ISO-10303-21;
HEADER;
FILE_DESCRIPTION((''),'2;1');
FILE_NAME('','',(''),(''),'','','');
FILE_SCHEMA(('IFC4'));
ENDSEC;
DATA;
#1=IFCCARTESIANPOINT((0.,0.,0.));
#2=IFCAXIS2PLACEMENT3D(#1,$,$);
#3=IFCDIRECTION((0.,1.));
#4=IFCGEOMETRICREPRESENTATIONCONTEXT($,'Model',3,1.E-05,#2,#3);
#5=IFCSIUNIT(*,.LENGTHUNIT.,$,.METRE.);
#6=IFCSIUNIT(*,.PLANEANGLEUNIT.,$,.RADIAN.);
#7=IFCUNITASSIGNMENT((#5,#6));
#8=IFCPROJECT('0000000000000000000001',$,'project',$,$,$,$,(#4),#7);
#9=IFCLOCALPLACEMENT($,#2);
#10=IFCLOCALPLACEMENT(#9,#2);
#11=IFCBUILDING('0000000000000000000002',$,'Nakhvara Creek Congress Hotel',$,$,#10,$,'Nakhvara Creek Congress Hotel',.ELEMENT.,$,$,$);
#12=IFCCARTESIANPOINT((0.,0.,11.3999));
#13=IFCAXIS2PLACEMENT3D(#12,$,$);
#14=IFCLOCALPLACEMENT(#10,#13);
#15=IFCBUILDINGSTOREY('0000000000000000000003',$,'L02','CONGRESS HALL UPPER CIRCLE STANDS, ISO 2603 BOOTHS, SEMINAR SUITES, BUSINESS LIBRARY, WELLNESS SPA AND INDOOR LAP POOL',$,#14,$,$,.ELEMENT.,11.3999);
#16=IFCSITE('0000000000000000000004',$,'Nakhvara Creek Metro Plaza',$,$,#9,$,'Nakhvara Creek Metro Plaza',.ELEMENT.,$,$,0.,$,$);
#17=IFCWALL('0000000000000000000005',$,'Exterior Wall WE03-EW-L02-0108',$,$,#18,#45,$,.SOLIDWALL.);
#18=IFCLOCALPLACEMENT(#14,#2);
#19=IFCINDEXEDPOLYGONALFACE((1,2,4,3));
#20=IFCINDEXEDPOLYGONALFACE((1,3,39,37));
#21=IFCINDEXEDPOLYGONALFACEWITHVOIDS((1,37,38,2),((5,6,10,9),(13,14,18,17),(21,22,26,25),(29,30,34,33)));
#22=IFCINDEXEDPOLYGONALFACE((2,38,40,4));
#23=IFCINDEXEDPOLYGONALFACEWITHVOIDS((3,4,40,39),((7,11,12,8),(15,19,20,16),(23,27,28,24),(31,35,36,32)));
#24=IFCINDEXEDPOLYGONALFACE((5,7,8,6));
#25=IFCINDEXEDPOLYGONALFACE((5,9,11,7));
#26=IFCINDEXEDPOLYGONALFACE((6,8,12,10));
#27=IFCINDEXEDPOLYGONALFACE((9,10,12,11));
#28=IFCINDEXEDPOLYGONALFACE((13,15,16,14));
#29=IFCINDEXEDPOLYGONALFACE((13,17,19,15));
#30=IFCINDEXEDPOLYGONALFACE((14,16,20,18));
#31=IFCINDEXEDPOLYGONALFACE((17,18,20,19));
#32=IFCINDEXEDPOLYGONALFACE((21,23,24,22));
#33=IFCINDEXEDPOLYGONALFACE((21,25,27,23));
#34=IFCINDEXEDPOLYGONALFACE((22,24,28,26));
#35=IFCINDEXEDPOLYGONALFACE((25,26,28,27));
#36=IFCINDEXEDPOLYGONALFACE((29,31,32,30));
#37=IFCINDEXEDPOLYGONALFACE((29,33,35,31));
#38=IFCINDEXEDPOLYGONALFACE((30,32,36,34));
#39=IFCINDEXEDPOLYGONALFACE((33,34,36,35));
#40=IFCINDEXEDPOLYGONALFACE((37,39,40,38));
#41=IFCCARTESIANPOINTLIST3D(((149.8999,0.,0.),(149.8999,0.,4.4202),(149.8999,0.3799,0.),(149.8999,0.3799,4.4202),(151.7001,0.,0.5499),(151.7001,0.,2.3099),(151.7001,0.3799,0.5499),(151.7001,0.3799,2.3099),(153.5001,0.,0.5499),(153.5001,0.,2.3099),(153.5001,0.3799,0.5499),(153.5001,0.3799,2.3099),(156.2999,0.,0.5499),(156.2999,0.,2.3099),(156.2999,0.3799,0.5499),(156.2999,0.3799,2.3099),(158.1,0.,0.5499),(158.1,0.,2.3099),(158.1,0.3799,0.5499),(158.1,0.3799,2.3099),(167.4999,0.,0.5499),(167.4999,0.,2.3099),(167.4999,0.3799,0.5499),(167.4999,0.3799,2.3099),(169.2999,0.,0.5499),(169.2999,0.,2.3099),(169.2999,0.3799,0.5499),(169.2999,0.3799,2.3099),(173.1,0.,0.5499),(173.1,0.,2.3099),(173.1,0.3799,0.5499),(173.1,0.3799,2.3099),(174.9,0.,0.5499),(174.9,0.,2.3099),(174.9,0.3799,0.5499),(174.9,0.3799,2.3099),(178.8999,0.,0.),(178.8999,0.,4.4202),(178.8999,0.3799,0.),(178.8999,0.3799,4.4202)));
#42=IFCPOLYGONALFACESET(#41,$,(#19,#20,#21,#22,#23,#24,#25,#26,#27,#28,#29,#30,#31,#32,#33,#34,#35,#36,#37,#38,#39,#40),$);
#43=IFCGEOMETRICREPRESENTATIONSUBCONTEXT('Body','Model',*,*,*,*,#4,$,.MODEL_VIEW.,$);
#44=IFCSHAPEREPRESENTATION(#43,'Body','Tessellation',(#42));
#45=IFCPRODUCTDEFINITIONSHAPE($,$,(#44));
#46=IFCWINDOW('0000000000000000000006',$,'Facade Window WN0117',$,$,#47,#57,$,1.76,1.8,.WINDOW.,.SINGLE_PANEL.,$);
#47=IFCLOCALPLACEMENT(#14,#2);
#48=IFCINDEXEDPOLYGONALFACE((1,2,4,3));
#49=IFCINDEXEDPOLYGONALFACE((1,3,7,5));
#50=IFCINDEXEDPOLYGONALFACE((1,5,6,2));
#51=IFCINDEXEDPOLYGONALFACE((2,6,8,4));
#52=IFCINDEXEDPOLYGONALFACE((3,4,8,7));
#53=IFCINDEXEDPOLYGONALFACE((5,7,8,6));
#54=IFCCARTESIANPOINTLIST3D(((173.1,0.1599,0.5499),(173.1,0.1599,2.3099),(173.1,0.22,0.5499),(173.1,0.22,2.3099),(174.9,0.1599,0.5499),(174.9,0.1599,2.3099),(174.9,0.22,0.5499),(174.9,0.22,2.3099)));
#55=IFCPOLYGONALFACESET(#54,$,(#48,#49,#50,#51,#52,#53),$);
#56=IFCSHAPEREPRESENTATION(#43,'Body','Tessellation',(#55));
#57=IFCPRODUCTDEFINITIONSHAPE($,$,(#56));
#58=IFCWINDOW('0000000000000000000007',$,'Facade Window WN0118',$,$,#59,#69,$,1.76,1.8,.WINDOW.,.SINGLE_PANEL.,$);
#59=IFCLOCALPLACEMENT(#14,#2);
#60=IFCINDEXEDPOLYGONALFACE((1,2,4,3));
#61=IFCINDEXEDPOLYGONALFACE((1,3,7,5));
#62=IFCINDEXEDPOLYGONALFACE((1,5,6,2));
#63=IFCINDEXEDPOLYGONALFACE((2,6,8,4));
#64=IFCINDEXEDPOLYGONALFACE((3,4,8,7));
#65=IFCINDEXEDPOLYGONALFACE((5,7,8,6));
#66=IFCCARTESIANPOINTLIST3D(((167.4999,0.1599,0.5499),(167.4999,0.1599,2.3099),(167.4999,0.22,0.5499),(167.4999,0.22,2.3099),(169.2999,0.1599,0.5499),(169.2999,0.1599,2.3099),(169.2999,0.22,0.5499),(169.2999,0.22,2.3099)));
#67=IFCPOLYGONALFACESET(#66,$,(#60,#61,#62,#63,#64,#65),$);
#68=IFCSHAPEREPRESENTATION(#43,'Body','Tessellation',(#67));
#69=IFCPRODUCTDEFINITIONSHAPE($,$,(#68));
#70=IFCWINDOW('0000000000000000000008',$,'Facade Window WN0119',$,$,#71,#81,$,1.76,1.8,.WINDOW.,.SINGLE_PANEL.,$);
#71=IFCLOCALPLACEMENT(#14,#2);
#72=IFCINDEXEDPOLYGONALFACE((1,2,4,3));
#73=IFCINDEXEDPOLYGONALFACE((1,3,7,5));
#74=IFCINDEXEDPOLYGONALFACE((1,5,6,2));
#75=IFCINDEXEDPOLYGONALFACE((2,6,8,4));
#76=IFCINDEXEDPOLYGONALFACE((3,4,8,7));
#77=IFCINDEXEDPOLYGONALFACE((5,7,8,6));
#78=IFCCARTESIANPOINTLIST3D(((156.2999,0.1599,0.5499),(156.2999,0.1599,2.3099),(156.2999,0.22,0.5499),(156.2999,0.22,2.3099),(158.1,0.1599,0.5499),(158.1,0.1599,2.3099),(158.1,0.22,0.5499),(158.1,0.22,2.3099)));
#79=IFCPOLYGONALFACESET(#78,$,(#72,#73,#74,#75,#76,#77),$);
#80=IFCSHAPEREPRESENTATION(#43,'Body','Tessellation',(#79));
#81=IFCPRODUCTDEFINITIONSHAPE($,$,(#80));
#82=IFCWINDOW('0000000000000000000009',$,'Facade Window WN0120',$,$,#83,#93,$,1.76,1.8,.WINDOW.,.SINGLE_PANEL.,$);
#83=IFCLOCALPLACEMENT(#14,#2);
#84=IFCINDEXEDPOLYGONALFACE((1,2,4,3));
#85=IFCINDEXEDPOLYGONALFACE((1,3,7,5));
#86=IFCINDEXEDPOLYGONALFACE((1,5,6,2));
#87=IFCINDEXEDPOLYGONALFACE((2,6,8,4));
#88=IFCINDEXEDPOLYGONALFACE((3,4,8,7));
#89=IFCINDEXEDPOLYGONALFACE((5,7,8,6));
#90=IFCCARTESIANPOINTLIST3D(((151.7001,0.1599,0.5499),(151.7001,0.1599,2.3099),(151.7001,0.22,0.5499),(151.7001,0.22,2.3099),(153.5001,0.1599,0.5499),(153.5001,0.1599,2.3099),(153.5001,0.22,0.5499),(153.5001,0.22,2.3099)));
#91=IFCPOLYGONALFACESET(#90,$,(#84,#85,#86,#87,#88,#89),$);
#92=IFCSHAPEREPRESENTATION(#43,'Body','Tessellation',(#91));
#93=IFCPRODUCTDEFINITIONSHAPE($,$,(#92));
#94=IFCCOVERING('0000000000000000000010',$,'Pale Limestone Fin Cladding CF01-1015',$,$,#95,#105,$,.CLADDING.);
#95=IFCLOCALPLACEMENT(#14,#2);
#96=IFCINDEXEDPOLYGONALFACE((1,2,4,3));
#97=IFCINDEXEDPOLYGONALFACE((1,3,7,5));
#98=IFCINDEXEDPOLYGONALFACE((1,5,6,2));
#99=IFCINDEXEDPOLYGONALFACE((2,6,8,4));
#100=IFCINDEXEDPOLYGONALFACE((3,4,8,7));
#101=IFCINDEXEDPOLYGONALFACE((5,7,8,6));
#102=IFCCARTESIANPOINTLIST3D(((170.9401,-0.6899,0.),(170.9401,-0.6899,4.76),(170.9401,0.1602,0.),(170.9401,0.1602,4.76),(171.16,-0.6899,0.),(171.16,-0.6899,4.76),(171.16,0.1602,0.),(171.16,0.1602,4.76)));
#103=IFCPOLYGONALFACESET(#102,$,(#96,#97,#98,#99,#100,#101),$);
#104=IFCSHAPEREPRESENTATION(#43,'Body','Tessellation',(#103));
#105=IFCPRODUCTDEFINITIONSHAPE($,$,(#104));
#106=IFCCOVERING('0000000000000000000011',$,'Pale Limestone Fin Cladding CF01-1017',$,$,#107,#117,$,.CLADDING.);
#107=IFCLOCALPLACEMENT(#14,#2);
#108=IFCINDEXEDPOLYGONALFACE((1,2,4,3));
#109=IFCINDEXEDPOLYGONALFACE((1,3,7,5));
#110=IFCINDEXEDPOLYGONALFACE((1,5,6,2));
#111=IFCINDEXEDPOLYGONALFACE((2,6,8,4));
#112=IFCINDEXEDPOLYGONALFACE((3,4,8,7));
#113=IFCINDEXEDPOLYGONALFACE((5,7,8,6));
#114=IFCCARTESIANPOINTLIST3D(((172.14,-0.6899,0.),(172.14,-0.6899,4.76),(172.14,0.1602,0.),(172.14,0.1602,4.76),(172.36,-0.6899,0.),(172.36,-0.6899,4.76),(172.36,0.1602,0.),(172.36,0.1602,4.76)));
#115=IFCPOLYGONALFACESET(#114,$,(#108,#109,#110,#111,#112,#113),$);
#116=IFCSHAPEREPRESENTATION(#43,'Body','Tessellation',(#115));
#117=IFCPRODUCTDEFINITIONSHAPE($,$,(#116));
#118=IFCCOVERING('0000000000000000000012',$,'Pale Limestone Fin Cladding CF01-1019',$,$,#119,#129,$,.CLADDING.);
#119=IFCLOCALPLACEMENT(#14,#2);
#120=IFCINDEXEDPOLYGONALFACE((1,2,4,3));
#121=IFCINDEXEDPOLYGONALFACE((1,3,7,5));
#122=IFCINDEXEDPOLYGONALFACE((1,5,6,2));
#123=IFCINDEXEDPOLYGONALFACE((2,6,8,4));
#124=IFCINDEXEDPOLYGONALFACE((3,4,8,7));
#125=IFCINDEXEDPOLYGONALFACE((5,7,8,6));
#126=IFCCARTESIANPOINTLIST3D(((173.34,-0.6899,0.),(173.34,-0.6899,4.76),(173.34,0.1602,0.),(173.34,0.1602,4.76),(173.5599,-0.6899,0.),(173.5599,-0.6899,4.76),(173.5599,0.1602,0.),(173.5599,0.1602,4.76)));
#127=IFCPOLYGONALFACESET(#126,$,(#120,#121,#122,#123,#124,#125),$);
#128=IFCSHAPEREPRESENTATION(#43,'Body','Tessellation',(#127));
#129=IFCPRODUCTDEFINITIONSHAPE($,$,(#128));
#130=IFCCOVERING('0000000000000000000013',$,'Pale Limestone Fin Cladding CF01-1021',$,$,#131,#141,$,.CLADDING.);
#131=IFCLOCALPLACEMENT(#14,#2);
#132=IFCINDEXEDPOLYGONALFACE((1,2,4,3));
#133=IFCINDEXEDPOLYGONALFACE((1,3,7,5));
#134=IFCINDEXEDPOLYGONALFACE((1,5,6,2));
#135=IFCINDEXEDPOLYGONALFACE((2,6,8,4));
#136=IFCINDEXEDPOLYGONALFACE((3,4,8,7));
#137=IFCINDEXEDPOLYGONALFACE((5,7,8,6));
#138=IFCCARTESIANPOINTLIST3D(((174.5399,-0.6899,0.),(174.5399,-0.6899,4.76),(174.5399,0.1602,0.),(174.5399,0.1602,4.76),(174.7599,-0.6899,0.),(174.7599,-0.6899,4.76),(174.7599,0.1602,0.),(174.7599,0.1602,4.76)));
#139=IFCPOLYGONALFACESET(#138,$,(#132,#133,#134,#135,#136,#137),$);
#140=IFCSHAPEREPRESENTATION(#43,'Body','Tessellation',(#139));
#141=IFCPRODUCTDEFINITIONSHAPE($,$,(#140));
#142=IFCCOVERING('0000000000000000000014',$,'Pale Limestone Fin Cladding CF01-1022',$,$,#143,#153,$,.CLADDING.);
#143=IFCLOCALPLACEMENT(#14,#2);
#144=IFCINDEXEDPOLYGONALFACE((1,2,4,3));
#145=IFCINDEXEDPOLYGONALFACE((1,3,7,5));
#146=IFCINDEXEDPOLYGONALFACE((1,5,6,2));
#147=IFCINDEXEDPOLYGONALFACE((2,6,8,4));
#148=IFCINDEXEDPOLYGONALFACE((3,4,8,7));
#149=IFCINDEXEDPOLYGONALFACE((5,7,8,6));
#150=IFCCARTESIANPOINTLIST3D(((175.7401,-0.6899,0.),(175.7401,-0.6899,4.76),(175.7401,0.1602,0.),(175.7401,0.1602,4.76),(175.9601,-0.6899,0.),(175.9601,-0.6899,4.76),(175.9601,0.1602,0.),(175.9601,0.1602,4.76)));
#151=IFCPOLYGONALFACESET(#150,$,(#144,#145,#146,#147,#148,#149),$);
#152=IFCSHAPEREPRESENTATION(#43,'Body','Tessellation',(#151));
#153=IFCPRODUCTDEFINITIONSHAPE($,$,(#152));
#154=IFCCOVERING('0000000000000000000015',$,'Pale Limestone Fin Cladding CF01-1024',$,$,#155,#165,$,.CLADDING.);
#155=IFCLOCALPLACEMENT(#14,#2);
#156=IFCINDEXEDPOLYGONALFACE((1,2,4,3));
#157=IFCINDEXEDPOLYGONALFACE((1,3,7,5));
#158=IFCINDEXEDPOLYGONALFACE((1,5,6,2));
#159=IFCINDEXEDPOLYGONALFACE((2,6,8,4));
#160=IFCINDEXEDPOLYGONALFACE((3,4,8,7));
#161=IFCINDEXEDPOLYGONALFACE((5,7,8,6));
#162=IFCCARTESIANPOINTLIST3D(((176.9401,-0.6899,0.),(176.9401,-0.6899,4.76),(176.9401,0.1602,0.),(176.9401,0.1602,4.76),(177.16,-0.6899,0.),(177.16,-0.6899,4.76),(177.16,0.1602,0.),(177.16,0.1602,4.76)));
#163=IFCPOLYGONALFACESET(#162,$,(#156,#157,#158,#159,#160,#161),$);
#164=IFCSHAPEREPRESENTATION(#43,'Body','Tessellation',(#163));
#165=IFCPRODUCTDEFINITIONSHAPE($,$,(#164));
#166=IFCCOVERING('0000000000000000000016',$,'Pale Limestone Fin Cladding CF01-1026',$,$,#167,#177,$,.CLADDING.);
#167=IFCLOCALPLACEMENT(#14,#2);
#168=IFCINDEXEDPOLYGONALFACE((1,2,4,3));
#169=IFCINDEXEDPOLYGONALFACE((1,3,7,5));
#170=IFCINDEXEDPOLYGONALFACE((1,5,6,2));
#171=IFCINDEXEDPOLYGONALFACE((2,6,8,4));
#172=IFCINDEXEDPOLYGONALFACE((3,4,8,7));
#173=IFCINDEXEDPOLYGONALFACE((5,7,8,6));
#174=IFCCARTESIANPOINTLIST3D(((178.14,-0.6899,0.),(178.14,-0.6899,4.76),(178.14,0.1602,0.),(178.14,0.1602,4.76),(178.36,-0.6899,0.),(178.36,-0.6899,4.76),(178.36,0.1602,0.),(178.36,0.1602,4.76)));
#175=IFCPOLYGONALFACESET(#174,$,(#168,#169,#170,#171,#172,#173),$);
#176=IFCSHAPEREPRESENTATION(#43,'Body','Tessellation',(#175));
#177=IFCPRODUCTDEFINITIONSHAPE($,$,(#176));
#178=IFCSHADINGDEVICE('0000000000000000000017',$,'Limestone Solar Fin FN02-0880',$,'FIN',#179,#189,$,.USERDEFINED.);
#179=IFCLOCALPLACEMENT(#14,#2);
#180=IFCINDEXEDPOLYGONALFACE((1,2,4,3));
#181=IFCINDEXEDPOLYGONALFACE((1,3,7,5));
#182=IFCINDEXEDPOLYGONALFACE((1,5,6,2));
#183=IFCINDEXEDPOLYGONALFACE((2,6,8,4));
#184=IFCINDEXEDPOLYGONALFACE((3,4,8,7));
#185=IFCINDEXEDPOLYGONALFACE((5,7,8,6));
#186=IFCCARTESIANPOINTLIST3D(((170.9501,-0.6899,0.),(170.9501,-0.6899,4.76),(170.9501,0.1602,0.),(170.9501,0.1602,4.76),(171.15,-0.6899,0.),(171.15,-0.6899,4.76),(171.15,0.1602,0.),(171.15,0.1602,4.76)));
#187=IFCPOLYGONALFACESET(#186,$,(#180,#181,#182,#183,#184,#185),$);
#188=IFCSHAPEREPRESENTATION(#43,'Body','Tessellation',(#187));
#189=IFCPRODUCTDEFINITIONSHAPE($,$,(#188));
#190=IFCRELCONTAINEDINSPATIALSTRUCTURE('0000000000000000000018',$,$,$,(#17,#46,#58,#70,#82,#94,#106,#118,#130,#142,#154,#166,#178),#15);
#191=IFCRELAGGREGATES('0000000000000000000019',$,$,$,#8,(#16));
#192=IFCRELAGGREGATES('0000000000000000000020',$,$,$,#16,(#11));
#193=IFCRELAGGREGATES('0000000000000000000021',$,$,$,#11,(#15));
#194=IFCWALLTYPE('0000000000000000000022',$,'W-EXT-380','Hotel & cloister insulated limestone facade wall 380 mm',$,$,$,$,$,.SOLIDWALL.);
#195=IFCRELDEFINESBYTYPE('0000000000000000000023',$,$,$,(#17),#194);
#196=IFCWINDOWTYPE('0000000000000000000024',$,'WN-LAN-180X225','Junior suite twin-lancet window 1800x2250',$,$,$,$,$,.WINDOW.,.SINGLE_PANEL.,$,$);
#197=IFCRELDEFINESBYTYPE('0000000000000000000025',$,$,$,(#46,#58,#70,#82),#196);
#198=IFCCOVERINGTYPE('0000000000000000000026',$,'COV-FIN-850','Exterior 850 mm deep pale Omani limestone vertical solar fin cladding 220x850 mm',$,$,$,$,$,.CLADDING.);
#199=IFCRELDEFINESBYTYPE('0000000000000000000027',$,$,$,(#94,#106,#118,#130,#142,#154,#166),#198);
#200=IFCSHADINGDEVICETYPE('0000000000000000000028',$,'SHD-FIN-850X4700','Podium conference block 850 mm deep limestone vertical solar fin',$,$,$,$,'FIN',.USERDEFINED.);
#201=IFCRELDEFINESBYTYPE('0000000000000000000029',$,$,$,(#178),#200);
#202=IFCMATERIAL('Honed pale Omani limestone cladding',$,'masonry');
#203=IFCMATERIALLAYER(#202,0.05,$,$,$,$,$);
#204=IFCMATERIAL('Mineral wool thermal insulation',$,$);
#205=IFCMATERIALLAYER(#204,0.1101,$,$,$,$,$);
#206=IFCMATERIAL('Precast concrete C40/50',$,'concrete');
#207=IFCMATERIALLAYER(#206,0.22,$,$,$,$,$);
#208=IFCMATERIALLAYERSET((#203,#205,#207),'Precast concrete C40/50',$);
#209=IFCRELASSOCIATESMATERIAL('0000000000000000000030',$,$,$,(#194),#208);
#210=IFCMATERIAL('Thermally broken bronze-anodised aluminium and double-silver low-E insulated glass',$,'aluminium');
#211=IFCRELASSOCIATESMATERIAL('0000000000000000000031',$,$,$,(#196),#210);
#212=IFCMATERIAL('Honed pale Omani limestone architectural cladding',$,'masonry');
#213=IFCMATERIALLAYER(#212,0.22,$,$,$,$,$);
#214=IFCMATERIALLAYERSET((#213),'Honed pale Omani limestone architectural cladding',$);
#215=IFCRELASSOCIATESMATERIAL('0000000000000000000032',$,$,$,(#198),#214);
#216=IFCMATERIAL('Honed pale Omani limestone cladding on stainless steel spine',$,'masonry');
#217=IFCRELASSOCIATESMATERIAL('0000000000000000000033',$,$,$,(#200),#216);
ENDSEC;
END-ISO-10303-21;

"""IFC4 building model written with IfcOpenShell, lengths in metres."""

from ifc_helpers import new_model, si_unit, direction, frame, frame_2d, origin, origin_2d, place, context, subcontext, project, spatial, rectangle, extrude, material, layer, layer_set, type_object, element, fill, save


model = new_model("IFC4")

# Units and contexts
model_context = context("Model", 3, precision=1e-05, world=origin(), true_north=direction((0.0, 1.0)))
body_context = subcontext(model_context, "Body", "Model", "MODEL_VIEW")
ifc_project = project(units=[si_unit("LENGTHUNIT", "METRE"), si_unit("PLANEANGLEUNIT", "RADIAN")], contexts=[model_context])

# Site, building, storey
site_placement = place(None, origin())
site = spatial("IfcSite", under=ifc_project, at=site_placement, Name="Nakhvara Creek Metro Plaza", LongName="Nakhvara Creek Metro Plaza", CompositionType="ELEMENT", RefElevation=0.0)
building_placement = place(site_placement, origin())
building = spatial("IfcBuilding", under=site, at=building_placement, Name="Nakhvara Creek Congress Hotel", LongName="Nakhvara Creek Congress Hotel", CompositionType="ELEMENT")
storey_placement = place(building_placement, frame((0.0, 0.0, 11.3999)))
storey = spatial("IfcBuildingStorey", under=building, at=storey_placement, Name="L02", Description="CONGRESS HALL UPPER CIRCLE STANDS, ISO 2603 BOOTHS, SEMINAR SUITES, BUSINESS LIBRARY, WELLNESS SPA AND INDOOR LAP POOL", CompositionType="ELEMENT", Elevation=11.3999)

# Wall, openings, windows
ifc_material_1 = material(Name="Honed pale Omani limestone cladding", Category="masonry")
ifc_layer_1 = layer(ifc_material_1, 0.05)
ifc_material_2 = material(Name="Mineral wool thermal insulation")
ifc_layer_2 = layer(ifc_material_2, 0.1101)
ifc_material_3 = material(Name="Precast concrete C40/50", Category="concrete")
ifc_layer_3 = layer(ifc_material_3, 0.22)
ifc_layer_set_1 = layer_set([ifc_layer_1, ifc_layer_2, ifc_layer_3], Name="Precast concrete C40/50")
wall_type = type_object("IfcWallType", Name="W-EXT-380", Description="Hotel & cloister insulated limestone facade wall 380 mm", PredefinedType="SOLIDWALL", material=ifc_layer_set_1)
wall_placement = place(storey_placement, frame((178.8999, 0.1899, 0.0), z_axis=(0.0, 0.0, 1.0), x_axis=(-1.0, 0.0, 0.0)))
wall = element("IfcWall", 1, at=wall_placement, inside=storey, type_object=wall_type, Name="Exterior Wall WE03-EW-L02-0108", PredefinedType="SOLIDWALL", context=body_context, shape_type="SweptSolid", body=[
    extrude(rectangle(XDim=29.0, YDim=0.3799, at=frame_2d((14.5, 0.0))), origin(), (0.0, 0.0, 1.0), 4.4202),
])
opening_1_placement = place(wall_placement, frame((4.0, 0.0, 0.55)))
opening_1 = element("IfcOpeningElement", 2, at=opening_1_placement, cuts=wall, PredefinedType="OPENING", context=body_context, shape_type="SweptSolid", body=[
    extrude(rectangle(XDim=1.8, YDim=1.76, at=frame_2d((0.8999, 0.8799))), frame((0.0, 0.2019, 0.0), z_axis=(0.0, -1.0, 0.0), x_axis=(1.0, 0.0, 0.0)), (0.0, 0.0, 1.0), 0.4038),
])
opening_2_placement = place(wall_placement, frame((9.6001, 0.0, 0.55)))
opening_2 = element("IfcOpeningElement", 3, at=opening_2_placement, cuts=wall, PredefinedType="OPENING", context=body_context, shape_type="SweptSolid", body=[
    extrude(rectangle(XDim=1.8, YDim=1.76, at=frame_2d((0.8999, 0.8799))), frame((0.0, 0.2019, 0.0), z_axis=(0.0, -1.0, 0.0), x_axis=(1.0, 0.0, 0.0)), (0.0, 0.0, 1.0), 0.4038),
])
opening_3_placement = place(wall_placement, frame((20.8, 0.0, 0.55)))
opening_3 = element("IfcOpeningElement", 4, at=opening_3_placement, cuts=wall, PredefinedType="OPENING", context=body_context, shape_type="SweptSolid", body=[
    extrude(rectangle(XDim=1.8, YDim=1.76, at=frame_2d((0.8999, 0.8799))), frame((0.0, 0.2019, 0.0), z_axis=(0.0, -1.0, 0.0), x_axis=(1.0, 0.0, 0.0)), (0.0, 0.0, 1.0), 0.4038),
])
opening_4_placement = place(wall_placement, frame((25.3999, 0.0, 0.55)))
opening_4 = element("IfcOpeningElement", 5, at=opening_4_placement, cuts=wall, PredefinedType="OPENING", context=body_context, shape_type="SweptSolid", body=[
    extrude(rectangle(XDim=1.8, YDim=1.76, at=frame_2d((0.8999, 0.8799))), frame((0.0, 0.2019, 0.0), z_axis=(0.0, -1.0, 0.0), x_axis=(1.0, 0.0, 0.0)), (0.0, 0.0, 1.0), 0.4038),
])
ifc_material_4 = material(Name="Thermally broken bronze-anodised aluminium and double-silver low-E insulated glass", Category="aluminium")
window_type = type_object("IfcWindowType", Name="WN-LAN-180X225", Description="Junior suite twin-lancet window 1800x2250", PartitioningType="SINGLE_PANEL", PredefinedType="WINDOW", material=ifc_material_4)
window_1_placement = place(opening_1_placement, origin())
window_1 = element("IfcWindow", 6, at=window_1_placement, inside=storey, type_object=window_type, Name="Facade Window WN0117", OverallHeight=1.76, OverallWidth=1.8, PartitioningType="SINGLE_PANEL", PredefinedType="WINDOW", context=body_context, shape_type="SweptSolid", body=[
    extrude(rectangle(XDim=1.8, YDim=1.76, at=frame_2d((0.8999, 0.8799))), frame((0.0, 0.03, 0.0), z_axis=(0.0, -1.0, 0.0), x_axis=(1.0, 0.0, 0.0)), (0.0, 0.0, 1.0), 0.0601),
])
fill(opening_1, window_1)
window_2_placement = place(opening_2_placement, origin())
window_2 = element("IfcWindow", 7, at=window_2_placement, inside=storey, type_object=window_type, Name="Facade Window WN0118", OverallHeight=1.76, OverallWidth=1.8, PartitioningType="SINGLE_PANEL", PredefinedType="WINDOW", context=body_context, shape_type="SweptSolid", body=[
    extrude(rectangle(XDim=1.8, YDim=1.76, at=frame_2d((0.8999, 0.8799))), frame((0.0, 0.03, 0.0), z_axis=(0.0, -1.0, 0.0), x_axis=(1.0, 0.0, 0.0)), (0.0, 0.0, 1.0), 0.0601),
])
fill(opening_2, window_2)
window_3_placement = place(opening_3_placement, origin())
window_3 = element("IfcWindow", 8, at=window_3_placement, inside=storey, type_object=window_type, Name="Facade Window WN0119", OverallHeight=1.76, OverallWidth=1.8, PartitioningType="SINGLE_PANEL", PredefinedType="WINDOW", context=body_context, shape_type="SweptSolid", body=[
    extrude(rectangle(XDim=1.8, YDim=1.76, at=frame_2d((0.8999, 0.8799))), frame((0.0, 0.03, 0.0), z_axis=(0.0, -1.0, 0.0), x_axis=(1.0, 0.0, 0.0)), (0.0, 0.0, 1.0), 0.0601),
])
fill(opening_3, window_3)
window_4_placement = place(opening_4_placement, origin())
window_4 = element("IfcWindow", 9, at=window_4_placement, inside=storey, type_object=window_type, Name="Facade Window WN0120", OverallHeight=1.76, OverallWidth=1.8, PartitioningType="SINGLE_PANEL", PredefinedType="WINDOW", context=body_context, shape_type="SweptSolid", body=[
    extrude(rectangle(XDim=1.8, YDim=1.76, at=frame_2d((0.8999, 0.8799))), frame((0.0, 0.03, 0.0), z_axis=(0.0, -1.0, 0.0), x_axis=(1.0, 0.0, 0.0)), (0.0, 0.0, 1.0), 0.0601),
])
fill(opening_4, window_4)

# Coverings
ifc_material_5 = material(Name="Honed pale Omani limestone architectural cladding", Category="masonry")
ifc_layer_4 = layer(ifc_material_5, 0.22)
ifc_layer_set_2 = layer_set([ifc_layer_4], Name="Honed pale Omani limestone architectural cladding")
covering_type = type_object("IfcCoveringType", Name="COV-FIN-850", Description="Exterior 850 mm deep pale Omani limestone vertical solar fin cladding 220x850 mm", PredefinedType="CLADDING", material=ifc_layer_set_2)
for number, where, z_axis, x_axis, name in (
    (10, (171.05, -0.2649, 0.0), (0.0, 0.0, 1.0), (1.0, 0.0, 0.0), "Pale Limestone Fin Cladding CF01-1015"),
    (11, (172.25, -0.2649, 0.0), (0.0, 0.0, 1.0), (1.0, 0.0, 0.0), "Pale Limestone Fin Cladding CF01-1017"),
    (12, (173.45, -0.2649, 0.0), (0.0, 0.0, 1.0), (1.0, 0.0, 0.0), "Pale Limestone Fin Cladding CF01-1019"),
    (13, (174.6499, -0.2649, 0.0), (0.0, 0.0, 1.0), (1.0, 0.0, 0.0), "Pale Limestone Fin Cladding CF01-1021"),
    (14, (175.8501, -0.2649, 0.0), (0.0, 0.0, 1.0), (1.0, 0.0, 0.0), "Pale Limestone Fin Cladding CF01-1022"),
    (15, (177.05, -0.2649, 0.0), (0.0, 0.0, 1.0), (1.0, 0.0, 0.0), "Pale Limestone Fin Cladding CF01-1024"),
    (16, (178.25, -0.2649, 0.0), (0.0, 0.0, 1.0), (1.0, 0.0, 0.0), "Pale Limestone Fin Cladding CF01-1026"),
):
    element("IfcCovering", number, at=place(storey_placement, frame(where, z_axis=z_axis, x_axis=x_axis)), inside=storey, type_object=covering_type, Name=name, PredefinedType="CLADDING", context=body_context, shape_type="SweptSolid", body=[
        extrude(rectangle(XDim=0.22, YDim=0.8501, at=origin_2d()), origin(), (0.0, 0.0, 1.0), 4.76),
    ])

# Shading device
ifc_material_6 = material(Name="Honed pale Omani limestone cladding on stainless steel spine", Category="masonry")
shading_device_type = type_object("IfcShadingDeviceType", Name="SHD-FIN-850X4700", Description="Podium conference block 850 mm deep limestone vertical solar fin", ElementType="FIN", PredefinedType="USERDEFINED", material=ifc_material_6)
for number, where, z_axis, x_axis, name in (
    (17, (171.05, -0.2649, 0.0), (0.0, 0.0, 1.0), (1.0, 0.0, 0.0), "Limestone Solar Fin FN02-0880"),
):
    element("IfcShadingDevice", number, at=place(storey_placement, frame(where, z_axis=z_axis, x_axis=x_axis)), inside=storey, type_object=shading_device_type, Name=name, ObjectType="FIN", PredefinedType="USERDEFINED", context=body_context, shape_type="SweptSolid", body=[
        extrude(rectangle(XDim=0.2, YDim=0.8501, at=origin_2d()), origin(), (0.0, 0.0, 1.0), 4.76),
    ])

save(model, "model.ifc")
